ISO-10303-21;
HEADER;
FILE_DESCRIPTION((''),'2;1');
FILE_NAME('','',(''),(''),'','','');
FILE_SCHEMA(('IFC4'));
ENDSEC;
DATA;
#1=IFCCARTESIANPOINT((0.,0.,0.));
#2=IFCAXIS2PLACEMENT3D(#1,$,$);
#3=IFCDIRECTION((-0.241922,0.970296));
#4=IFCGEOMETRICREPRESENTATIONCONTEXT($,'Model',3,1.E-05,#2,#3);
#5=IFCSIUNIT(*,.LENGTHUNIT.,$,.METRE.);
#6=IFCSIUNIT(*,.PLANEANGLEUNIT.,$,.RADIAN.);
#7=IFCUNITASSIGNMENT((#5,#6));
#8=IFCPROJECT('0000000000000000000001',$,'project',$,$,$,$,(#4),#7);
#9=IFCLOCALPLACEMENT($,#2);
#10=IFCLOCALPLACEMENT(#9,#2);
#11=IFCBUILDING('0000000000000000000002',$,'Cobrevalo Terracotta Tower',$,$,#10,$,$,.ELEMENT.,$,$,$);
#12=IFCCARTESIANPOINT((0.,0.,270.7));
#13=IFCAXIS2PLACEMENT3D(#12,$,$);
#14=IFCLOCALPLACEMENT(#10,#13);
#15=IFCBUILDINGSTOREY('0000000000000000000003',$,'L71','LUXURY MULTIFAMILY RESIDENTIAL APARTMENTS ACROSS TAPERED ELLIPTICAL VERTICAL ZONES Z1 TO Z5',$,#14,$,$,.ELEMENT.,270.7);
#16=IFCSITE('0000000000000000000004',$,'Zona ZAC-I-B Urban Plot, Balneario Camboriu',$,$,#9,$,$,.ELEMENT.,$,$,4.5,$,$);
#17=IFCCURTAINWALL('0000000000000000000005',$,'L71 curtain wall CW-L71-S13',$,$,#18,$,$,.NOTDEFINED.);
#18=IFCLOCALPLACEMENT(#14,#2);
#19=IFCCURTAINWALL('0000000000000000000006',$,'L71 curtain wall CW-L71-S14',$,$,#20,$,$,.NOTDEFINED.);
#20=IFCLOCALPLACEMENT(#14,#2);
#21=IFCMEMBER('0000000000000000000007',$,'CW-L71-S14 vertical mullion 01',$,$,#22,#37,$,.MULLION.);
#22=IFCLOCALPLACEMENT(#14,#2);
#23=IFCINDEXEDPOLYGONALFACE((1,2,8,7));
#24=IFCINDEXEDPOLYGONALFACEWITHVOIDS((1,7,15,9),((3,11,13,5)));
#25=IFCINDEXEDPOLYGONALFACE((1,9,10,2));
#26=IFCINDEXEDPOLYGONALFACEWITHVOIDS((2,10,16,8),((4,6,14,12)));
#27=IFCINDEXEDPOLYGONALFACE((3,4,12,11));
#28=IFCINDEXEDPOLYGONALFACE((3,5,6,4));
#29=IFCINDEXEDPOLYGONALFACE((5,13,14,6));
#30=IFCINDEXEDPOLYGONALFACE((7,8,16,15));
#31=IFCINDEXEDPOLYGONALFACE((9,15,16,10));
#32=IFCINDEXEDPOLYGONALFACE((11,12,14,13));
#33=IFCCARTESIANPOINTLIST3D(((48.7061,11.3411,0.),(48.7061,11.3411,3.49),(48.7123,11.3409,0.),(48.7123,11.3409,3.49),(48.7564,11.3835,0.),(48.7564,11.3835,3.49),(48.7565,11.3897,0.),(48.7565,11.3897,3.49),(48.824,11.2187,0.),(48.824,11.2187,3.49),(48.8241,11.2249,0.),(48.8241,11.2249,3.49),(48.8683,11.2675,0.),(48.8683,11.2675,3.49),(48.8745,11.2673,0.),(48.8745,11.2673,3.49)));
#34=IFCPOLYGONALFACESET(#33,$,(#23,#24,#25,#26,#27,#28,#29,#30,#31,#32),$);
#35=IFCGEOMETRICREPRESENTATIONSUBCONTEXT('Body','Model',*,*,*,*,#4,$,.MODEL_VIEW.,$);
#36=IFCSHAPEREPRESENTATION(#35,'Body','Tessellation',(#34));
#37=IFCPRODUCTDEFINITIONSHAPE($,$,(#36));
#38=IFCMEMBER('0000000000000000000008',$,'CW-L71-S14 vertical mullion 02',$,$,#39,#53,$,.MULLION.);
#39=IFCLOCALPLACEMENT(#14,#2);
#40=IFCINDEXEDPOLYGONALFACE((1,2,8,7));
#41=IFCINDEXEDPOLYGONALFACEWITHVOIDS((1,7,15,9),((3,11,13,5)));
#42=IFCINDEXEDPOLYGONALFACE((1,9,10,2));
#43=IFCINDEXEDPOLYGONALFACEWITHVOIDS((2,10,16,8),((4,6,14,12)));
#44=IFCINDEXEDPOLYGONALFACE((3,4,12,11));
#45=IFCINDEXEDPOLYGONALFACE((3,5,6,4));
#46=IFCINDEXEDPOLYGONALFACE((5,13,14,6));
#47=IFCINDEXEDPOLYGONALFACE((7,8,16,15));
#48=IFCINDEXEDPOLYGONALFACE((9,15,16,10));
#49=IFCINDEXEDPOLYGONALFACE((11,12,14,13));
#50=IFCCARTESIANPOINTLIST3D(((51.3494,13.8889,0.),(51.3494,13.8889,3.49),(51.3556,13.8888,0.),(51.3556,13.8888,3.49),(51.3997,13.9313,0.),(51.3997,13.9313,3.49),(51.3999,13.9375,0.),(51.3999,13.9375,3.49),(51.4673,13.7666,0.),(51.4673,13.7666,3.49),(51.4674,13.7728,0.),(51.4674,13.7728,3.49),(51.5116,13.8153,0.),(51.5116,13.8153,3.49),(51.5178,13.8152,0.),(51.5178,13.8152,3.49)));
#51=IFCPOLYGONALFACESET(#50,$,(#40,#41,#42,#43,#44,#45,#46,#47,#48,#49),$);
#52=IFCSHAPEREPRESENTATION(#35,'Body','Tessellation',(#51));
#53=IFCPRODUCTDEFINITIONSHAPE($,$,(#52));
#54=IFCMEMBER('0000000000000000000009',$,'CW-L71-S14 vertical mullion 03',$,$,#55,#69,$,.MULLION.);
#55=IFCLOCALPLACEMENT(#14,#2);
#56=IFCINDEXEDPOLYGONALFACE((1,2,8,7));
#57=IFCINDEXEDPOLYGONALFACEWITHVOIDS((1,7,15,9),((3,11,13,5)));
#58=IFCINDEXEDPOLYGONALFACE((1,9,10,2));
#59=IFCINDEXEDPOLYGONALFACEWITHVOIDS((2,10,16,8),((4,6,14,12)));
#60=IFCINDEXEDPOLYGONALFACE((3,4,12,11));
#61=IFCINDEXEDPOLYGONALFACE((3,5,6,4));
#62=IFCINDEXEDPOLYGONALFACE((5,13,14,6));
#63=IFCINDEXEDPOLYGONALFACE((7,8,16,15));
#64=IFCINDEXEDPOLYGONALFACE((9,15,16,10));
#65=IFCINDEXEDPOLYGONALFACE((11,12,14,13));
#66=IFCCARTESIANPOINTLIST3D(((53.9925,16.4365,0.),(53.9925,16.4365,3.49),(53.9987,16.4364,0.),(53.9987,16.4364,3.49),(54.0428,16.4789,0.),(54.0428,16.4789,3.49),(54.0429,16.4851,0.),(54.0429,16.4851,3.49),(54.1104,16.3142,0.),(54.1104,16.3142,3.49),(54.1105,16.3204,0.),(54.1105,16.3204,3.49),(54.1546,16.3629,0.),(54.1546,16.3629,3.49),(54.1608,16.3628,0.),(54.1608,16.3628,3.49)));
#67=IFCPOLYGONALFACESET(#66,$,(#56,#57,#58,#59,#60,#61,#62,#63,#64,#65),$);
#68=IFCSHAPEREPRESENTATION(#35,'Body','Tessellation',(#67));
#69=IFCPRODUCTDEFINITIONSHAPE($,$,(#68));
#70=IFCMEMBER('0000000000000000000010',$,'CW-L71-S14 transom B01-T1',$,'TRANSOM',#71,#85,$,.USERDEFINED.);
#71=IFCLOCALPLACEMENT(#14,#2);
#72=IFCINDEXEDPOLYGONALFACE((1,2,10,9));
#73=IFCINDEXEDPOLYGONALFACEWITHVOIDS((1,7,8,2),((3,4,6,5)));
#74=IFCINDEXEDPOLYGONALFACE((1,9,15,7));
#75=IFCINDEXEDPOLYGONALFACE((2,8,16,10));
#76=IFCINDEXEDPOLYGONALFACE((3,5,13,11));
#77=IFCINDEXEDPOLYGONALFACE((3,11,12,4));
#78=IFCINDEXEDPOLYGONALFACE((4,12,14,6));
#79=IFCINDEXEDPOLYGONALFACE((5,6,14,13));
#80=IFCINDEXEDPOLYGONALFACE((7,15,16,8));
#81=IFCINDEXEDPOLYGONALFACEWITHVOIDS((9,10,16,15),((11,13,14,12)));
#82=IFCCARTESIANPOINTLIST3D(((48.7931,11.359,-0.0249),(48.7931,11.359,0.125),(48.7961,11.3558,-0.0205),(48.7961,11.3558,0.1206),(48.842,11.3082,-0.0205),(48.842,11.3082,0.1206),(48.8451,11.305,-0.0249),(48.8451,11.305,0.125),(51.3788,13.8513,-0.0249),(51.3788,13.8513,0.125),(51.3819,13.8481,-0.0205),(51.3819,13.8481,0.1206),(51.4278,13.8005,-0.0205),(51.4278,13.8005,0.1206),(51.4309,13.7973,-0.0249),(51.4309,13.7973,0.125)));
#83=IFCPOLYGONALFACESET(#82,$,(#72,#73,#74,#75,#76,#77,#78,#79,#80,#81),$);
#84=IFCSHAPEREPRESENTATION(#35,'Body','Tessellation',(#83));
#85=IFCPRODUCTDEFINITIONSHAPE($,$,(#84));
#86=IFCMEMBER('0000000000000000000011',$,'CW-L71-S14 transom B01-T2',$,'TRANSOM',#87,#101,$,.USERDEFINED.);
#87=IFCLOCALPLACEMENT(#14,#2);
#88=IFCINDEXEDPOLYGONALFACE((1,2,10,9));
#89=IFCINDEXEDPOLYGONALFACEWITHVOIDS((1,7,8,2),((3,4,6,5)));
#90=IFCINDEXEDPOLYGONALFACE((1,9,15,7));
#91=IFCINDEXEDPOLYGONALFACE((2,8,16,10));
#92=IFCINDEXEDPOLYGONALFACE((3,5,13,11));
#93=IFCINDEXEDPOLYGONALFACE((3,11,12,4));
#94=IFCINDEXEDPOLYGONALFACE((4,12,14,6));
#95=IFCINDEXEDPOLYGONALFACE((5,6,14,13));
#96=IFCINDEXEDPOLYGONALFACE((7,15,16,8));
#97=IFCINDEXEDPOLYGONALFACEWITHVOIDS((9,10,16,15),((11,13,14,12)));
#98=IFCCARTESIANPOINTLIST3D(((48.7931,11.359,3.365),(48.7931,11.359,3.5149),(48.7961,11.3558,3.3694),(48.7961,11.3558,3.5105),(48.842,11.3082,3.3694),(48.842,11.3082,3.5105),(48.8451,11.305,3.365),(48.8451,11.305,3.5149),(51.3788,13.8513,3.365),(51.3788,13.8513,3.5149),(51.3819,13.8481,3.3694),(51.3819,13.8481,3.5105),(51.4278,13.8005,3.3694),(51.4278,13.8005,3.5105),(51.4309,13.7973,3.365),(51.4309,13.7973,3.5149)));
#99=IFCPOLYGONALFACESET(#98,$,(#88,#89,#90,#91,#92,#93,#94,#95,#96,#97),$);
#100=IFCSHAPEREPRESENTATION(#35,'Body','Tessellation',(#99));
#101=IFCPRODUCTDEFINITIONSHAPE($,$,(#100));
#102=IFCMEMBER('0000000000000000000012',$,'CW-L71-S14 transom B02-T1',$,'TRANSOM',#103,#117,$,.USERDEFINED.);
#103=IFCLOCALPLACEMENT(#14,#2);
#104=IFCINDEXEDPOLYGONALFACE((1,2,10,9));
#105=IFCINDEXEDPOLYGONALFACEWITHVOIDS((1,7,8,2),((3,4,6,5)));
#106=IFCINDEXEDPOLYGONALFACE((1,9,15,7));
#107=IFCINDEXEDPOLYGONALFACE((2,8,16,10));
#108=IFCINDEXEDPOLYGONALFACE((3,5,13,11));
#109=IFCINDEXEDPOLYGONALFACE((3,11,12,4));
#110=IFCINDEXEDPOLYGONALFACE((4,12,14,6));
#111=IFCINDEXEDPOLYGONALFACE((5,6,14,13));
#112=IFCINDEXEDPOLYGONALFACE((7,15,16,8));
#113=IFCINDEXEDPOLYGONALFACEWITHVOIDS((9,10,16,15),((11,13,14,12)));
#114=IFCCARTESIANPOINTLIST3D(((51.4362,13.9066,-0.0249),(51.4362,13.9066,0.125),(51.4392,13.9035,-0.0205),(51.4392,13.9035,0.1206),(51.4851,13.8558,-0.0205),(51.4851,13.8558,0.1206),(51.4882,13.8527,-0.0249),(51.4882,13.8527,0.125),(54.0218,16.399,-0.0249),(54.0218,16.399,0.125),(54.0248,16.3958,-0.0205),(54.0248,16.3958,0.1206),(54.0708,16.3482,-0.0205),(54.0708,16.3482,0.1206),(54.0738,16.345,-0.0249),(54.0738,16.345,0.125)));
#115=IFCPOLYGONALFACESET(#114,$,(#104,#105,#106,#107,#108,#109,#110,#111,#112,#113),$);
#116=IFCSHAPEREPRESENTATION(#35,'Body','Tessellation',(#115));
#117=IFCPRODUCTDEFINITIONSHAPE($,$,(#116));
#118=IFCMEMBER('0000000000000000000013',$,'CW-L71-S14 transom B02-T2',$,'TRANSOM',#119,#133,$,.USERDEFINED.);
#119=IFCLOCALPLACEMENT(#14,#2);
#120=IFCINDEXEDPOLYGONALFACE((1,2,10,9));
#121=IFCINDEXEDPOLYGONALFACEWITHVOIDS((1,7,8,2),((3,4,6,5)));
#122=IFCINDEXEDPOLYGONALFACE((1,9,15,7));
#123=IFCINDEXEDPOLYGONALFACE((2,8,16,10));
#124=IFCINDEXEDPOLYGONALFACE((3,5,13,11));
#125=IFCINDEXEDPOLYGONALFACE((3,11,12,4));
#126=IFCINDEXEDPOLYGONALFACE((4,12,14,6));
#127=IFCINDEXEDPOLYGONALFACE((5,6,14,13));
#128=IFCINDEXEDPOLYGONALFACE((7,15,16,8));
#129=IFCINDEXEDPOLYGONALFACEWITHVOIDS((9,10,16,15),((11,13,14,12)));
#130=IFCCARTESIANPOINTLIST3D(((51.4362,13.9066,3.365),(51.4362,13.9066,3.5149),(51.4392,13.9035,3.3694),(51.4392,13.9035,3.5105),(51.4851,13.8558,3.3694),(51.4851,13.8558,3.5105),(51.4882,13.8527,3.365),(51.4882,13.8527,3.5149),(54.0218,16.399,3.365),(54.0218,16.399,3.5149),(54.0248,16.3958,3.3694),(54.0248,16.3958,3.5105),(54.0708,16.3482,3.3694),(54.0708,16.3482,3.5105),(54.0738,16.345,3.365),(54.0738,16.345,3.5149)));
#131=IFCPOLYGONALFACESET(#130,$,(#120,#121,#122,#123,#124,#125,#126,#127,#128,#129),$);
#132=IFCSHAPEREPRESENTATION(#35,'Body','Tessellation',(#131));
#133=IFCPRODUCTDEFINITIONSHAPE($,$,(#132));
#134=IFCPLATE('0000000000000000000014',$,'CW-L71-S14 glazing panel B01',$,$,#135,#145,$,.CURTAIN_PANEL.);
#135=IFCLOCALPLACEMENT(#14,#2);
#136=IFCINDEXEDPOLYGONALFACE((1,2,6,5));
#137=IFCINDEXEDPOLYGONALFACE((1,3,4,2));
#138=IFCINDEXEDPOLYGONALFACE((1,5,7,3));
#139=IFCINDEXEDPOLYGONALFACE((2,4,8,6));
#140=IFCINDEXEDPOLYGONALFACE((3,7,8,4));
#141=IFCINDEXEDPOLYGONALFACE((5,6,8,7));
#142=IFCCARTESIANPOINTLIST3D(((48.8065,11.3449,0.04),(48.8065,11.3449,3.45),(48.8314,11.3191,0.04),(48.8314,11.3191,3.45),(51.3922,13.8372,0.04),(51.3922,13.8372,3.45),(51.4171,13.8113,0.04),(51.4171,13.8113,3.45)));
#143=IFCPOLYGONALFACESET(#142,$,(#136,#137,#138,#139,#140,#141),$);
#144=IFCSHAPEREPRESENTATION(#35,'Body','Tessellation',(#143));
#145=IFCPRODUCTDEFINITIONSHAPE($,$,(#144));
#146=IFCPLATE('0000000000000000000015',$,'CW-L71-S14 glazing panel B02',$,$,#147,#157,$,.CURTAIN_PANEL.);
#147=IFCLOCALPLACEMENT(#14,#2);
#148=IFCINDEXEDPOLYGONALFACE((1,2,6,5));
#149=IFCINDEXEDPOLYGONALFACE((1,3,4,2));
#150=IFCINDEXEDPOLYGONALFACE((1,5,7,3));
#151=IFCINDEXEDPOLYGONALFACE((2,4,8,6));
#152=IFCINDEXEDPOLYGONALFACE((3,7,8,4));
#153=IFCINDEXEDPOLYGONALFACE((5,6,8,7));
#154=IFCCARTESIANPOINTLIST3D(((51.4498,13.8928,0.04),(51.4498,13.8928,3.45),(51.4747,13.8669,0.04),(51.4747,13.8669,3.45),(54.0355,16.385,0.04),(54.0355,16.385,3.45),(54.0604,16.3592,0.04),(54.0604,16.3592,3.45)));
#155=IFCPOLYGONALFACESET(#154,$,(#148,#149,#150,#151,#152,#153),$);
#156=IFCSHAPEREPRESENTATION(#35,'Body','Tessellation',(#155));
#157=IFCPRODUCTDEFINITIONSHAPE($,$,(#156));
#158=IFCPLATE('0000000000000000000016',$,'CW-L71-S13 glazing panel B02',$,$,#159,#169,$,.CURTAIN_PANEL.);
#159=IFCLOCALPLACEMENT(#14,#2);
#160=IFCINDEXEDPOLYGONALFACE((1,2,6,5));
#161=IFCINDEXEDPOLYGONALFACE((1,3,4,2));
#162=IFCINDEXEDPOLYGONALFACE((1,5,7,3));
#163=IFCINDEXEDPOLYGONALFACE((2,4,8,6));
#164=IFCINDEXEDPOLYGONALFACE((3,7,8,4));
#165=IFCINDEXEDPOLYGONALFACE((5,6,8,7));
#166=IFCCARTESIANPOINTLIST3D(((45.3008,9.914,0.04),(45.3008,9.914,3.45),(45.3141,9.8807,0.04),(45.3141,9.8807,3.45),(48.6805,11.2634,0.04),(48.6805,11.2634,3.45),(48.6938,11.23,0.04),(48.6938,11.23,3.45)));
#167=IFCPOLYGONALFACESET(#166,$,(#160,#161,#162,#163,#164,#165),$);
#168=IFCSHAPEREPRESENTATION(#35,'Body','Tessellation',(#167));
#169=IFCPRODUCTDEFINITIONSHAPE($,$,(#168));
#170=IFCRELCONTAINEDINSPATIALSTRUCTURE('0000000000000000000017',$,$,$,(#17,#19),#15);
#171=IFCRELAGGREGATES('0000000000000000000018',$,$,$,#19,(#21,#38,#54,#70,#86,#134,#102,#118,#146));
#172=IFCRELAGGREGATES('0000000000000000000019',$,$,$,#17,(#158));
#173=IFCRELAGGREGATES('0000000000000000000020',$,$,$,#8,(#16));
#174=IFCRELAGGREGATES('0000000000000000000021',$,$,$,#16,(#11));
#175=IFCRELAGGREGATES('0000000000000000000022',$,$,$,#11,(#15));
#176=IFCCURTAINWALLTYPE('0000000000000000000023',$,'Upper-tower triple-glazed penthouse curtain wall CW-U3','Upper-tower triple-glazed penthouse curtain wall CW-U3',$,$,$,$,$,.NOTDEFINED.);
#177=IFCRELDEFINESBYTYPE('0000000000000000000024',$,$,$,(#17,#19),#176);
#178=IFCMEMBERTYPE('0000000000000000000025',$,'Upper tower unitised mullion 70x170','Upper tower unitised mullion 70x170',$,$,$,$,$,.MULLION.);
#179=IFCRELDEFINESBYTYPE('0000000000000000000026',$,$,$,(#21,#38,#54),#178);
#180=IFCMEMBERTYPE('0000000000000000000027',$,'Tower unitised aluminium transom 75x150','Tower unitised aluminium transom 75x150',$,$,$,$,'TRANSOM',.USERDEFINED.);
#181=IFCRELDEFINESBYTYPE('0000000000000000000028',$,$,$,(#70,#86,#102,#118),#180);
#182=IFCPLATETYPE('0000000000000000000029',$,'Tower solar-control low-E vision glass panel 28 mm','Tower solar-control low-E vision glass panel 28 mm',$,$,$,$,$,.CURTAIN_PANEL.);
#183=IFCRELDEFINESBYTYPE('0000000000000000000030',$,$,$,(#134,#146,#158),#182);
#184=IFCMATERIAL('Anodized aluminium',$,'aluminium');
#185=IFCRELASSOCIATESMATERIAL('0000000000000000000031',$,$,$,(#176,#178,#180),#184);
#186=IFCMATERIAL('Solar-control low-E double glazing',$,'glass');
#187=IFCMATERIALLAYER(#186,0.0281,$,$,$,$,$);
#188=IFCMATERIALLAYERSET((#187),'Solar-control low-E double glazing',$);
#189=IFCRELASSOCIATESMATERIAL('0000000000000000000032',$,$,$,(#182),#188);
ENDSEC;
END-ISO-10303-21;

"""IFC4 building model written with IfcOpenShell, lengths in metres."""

from ifc_helpers import new_model, si_unit, direction, frame, origin, origin_2d, place, context, subcontext, project, spatial, rectangle, hollow_rectangle, extrude, source, transform, mapped, material, layer, layer_set, material_profile, profile_set, type_object, element, aggregate, save


model = new_model("IFC4")

# Units and contexts
model_context = context("Model", 3, precision=1e-05, world=origin(), true_north=direction((-0.241922, 0.970296)))
body_context = subcontext(model_context, "Body", "Model", "MODEL_VIEW")
ifc_project = project(units=[si_unit("LENGTHUNIT", "METRE"), si_unit("PLANEANGLEUNIT", "RADIAN")], contexts=[model_context])

# Site, building, storey
site_placement = place(None, origin())
site = spatial("IfcSite", under=ifc_project, at=site_placement, Name="Zona ZAC-I-B Urban Plot, Balneario Camboriu", CompositionType="ELEMENT", RefElevation=4.5)
building_placement = place(site_placement, origin())
building = spatial("IfcBuilding", under=site, at=building_placement, Name="Cobrevalo Terracotta Tower", CompositionType="ELEMENT")
storey_placement = place(building_placement, frame((0.0, 0.0, 270.7)))
storey = spatial("IfcBuildingStorey", under=building, at=storey_placement, Name="L71", Description="LUXURY MULTIFAMILY RESIDENTIAL APARTMENTS ACROSS TAPERED ELLIPTICAL VERTICAL ZONES Z1 TO Z5", CompositionType="ELEMENT", Elevation=270.7)

# Curtain wall
ifc_material_1 = material(Name="Anodized aluminium", Category="aluminium")
curtain_wall_type = type_object("IfcCurtainWallType", Name="Upper-tower triple-glazed penthouse curtain wall CW-U3", Description="Upper-tower triple-glazed penthouse curtain wall CW-U3", PredefinedType="NOTDEFINED", material=ifc_material_1)
curtain_wall_1_placement = place(storey_placement, origin())
curtain_wall_1 = element("IfcCurtainWall", 1, at=curtain_wall_1_placement, inside=storey, type_object=curtain_wall_type, Name="L71 curtain wall CW-L71-S13", PredefinedType="NOTDEFINED")
ifc_material_profile_1 = material_profile(ifc_material_1, hollow_rectangle(XDim=0.0701, YDim=0.1699, WallThickness=0.0044, at=origin_2d()), Name="CWM 70x170")
ifc_profile_set_1 = profile_set([ifc_material_profile_1], Name="Anodized aluminium")
member_type_1 = type_object("IfcMemberType", Name="Upper tower unitised mullion 70x170", Description="Upper tower unitised mullion 70x170", PredefinedType="MULLION", material=ifc_profile_set_1)
shared_shape_1 = source(origin(), body_context, "Body", "SweptSolid", [
    extrude(hollow_rectangle(XDim=0.0701, YDim=0.1699, WallThickness=0.0044, at=origin_2d()), origin(), (0.0, 0.0, 1.0), 3.49),
])

# Curtain wall, members, plates
curtain_wall_2_placement = place(storey_placement, origin())
curtain_wall_2 = element("IfcCurtainWall", 2, at=curtain_wall_2_placement, inside=storey, type_object=curtain_wall_type, Name="L71 curtain wall CW-L71-S14", PredefinedType="NOTDEFINED")
member_1_placement = place(storey_placement, frame((48.7903, 11.3042, 0.0), z_axis=(0.0, 0.0, 1.0), x_axis=(0.719994, 0.69398, 0.0)))
member_1 = element("IfcMember", 3, at=member_1_placement, type_object=member_type_1, Name="CW-L71-S14 vertical mullion 01", PredefinedType="MULLION", context=body_context, shape_type="MappedRepresentation", body=[
    mapped(shared_shape_1, transform((0.0, 0.0, 0.0), scale=1.0)),
])
member_2_placement = place(storey_placement, frame((51.4336, 13.8521, 0.0), z_axis=(0.0, 0.0, 1.0), x_axis=(0.719994, 0.69398, 0.0)))
member_2 = element("IfcMember", 4, at=member_2_placement, type_object=member_type_1, Name="CW-L71-S14 vertical mullion 02", PredefinedType="MULLION", context=body_context, shape_type="MappedRepresentation", body=[
    mapped(shared_shape_1, transform((0.0, 0.0, 0.0), scale=1.0)),
])
member_3_placement = place(storey_placement, frame((54.0767, 16.3997, 0.0), z_axis=(0.0, 0.0, 1.0), x_axis=(0.719994, 0.69398, 0.0)))
member_3 = element("IfcMember", 5, at=member_3_placement, type_object=member_type_1, Name="CW-L71-S14 vertical mullion 03", PredefinedType="MULLION", context=body_context, shape_type="MappedRepresentation", body=[
    mapped(shared_shape_1, transform((0.0, 0.0, 0.0), scale=1.0)),
])
ifc_material_profile_2 = material_profile(ifc_material_1, hollow_rectangle(XDim=0.075, YDim=0.1499, WallThickness=0.0044, at=origin_2d()), Name="CWT 75x150")
ifc_profile_set_2 = profile_set([ifc_material_profile_2], Name="Anodized aluminium")
member_type_2 = type_object("IfcMemberType", Name="Tower unitised aluminium transom 75x150", Description="Tower unitised aluminium transom 75x150", ElementType="TRANSOM", PredefinedType="USERDEFINED", material=ifc_profile_set_2)
shared_shape_2 = source(origin(), body_context, "Body", "SweptSolid", [
    extrude(hollow_rectangle(XDim=0.075, YDim=0.1499, WallThickness=0.0044, at=origin_2d()), origin(), (0.0, 0.0, 1.0), 3.5913),
])
member_4_placement = place(storey_placement, frame((48.8191, 11.332, 0.05), z_axis=(0.720006, 0.693968, 0.0), x_axis=(-0.693968, 0.720006, 0.0)))
member_4 = element("IfcMember", 6, at=member_4_placement, type_object=member_type_2, Name="CW-L71-S14 transom B01-T1", ObjectType="TRANSOM", PredefinedType="USERDEFINED", context=body_context, shape_type="MappedRepresentation", body=[
    mapped(shared_shape_2, transform((0.0, 0.0, 0.0), scale=1.0)),
])
member_5_placement = place(storey_placement, frame((48.8191, 11.332, 3.4399), z_axis=(0.720006, 0.693968, 0.0), x_axis=(-0.693968, 0.720006, 0.0)))
member_5 = element("IfcMember", 7, at=member_5_placement, type_object=member_type_2, Name="CW-L71-S14 transom B01-T2", ObjectType="TRANSOM", PredefinedType="USERDEFINED", context=body_context, shape_type="MappedRepresentation", body=[
    mapped(shared_shape_2, transform((0.0, 0.0, 0.0), scale=1.0)),
])
member_6_placement = place(storey_placement, frame((51.4622, 13.8796, 0.05), z_axis=(0.719972, 0.694003, 0.0), x_axis=(-0.694003, 0.719972, 0.0)))
member_6 = element("IfcMember", 8, at=member_6_placement, type_object=member_type_2, Name="CW-L71-S14 transom B02-T1", ObjectType="TRANSOM", PredefinedType="USERDEFINED", context=body_context, shape_type="MappedRepresentation", body=[
    mapped(shared_shape_2, transform((0.0, 0.0, 0.0), scale=1.0)),
])
member_7_placement = place(storey_placement, frame((51.4622, 13.8796, 3.4399), z_axis=(0.719972, 0.694003, 0.0), x_axis=(-0.694003, 0.719972, 0.0)))
member_7 = element("IfcMember", 9, at=member_7_placement, type_object=member_type_2, Name="CW-L71-S14 transom B02-T2", ObjectType="TRANSOM", PredefinedType="USERDEFINED", context=body_context, shape_type="MappedRepresentation", body=[
    mapped(shared_shape_2, transform((0.0, 0.0, 0.0), scale=1.0)),
])
ifc_material_2 = material(Name="Solar-control low-E double glazing", Category="glass")
ifc_layer_1 = layer(ifc_material_2, 0.0281)
ifc_layer_set_1 = layer_set([ifc_layer_1], Name="Solar-control low-E double glazing")
plate_type = type_object("IfcPlateType", Name="Tower solar-control low-E vision glass panel 28 mm", Description="Tower solar-control low-E vision glass panel 28 mm", PredefinedType="CURTAIN_PANEL", material=ifc_layer_set_1)
shared_shape_3 = source(origin(), body_context, "Body", "SweptSolid", [
    extrude(rectangle(XDim=3.5913, YDim=0.0359, at=origin_2d()), origin(), (0.0, 0.0, 1.0), 3.4099),
])
plate_1_placement = place(storey_placement, frame((50.1118, 12.5781, 0.04), z_axis=(0.0, 0.0, 1.0), x_axis=(0.719997, 0.693978, 0.0)))
plate_1 = element("IfcPlate", 10, at=plate_1_placement, type_object=plate_type, Name="CW-L71-S14 glazing panel B01", PredefinedType="CURTAIN_PANEL", context=body_context, shape_type="MappedRepresentation", body=[
    mapped(shared_shape_3, transform((0.0, 0.0, 0.0), scale=1.0)),
])
plate_2_placement = place(storey_placement, frame((52.7551, 15.126, 0.04), z_axis=(0.0, 0.0, 1.0), x_axis=(0.719997, 0.693978, 0.0)))
plate_2 = element("IfcPlate", 11, at=plate_2_placement, type_object=plate_type, Name="CW-L71-S14 glazing panel B02", PredefinedType="CURTAIN_PANEL", context=body_context, shape_type="MappedRepresentation", body=[
    mapped(shared_shape_3, transform((0.0, 0.0, 0.0), scale=1.0)),
])
aggregate(curtain_wall_2, [member_1, member_2, member_3, member_4, member_5, plate_1, member_6, member_7, plate_2])

# Plate
shared_shape_4 = source(origin(), body_context, "Body", "SweptSolid", [
    extrude(rectangle(XDim=3.6392, YDim=0.0359, at=origin_2d()), origin(), (0.0, 0.0, 1.0), 3.4099),
])
plate_3_placement = place(storey_placement, frame((46.9973, 10.572, 0.04), z_axis=(0.0, 0.0, 1.0), x_axis=(0.928718, 0.370786, 0.0)))
plate_3 = element("IfcPlate", 12, at=plate_3_placement, type_object=plate_type, Name="CW-L71-S13 glazing panel B02", PredefinedType="CURTAIN_PANEL", context=body_context, shape_type="MappedRepresentation", body=[
    mapped(shared_shape_4, transform((0.0, 0.0, 0.0), scale=1.0)),
])
aggregate(curtain_wall_1, [plate_3])

save(model, "model.ifc")
